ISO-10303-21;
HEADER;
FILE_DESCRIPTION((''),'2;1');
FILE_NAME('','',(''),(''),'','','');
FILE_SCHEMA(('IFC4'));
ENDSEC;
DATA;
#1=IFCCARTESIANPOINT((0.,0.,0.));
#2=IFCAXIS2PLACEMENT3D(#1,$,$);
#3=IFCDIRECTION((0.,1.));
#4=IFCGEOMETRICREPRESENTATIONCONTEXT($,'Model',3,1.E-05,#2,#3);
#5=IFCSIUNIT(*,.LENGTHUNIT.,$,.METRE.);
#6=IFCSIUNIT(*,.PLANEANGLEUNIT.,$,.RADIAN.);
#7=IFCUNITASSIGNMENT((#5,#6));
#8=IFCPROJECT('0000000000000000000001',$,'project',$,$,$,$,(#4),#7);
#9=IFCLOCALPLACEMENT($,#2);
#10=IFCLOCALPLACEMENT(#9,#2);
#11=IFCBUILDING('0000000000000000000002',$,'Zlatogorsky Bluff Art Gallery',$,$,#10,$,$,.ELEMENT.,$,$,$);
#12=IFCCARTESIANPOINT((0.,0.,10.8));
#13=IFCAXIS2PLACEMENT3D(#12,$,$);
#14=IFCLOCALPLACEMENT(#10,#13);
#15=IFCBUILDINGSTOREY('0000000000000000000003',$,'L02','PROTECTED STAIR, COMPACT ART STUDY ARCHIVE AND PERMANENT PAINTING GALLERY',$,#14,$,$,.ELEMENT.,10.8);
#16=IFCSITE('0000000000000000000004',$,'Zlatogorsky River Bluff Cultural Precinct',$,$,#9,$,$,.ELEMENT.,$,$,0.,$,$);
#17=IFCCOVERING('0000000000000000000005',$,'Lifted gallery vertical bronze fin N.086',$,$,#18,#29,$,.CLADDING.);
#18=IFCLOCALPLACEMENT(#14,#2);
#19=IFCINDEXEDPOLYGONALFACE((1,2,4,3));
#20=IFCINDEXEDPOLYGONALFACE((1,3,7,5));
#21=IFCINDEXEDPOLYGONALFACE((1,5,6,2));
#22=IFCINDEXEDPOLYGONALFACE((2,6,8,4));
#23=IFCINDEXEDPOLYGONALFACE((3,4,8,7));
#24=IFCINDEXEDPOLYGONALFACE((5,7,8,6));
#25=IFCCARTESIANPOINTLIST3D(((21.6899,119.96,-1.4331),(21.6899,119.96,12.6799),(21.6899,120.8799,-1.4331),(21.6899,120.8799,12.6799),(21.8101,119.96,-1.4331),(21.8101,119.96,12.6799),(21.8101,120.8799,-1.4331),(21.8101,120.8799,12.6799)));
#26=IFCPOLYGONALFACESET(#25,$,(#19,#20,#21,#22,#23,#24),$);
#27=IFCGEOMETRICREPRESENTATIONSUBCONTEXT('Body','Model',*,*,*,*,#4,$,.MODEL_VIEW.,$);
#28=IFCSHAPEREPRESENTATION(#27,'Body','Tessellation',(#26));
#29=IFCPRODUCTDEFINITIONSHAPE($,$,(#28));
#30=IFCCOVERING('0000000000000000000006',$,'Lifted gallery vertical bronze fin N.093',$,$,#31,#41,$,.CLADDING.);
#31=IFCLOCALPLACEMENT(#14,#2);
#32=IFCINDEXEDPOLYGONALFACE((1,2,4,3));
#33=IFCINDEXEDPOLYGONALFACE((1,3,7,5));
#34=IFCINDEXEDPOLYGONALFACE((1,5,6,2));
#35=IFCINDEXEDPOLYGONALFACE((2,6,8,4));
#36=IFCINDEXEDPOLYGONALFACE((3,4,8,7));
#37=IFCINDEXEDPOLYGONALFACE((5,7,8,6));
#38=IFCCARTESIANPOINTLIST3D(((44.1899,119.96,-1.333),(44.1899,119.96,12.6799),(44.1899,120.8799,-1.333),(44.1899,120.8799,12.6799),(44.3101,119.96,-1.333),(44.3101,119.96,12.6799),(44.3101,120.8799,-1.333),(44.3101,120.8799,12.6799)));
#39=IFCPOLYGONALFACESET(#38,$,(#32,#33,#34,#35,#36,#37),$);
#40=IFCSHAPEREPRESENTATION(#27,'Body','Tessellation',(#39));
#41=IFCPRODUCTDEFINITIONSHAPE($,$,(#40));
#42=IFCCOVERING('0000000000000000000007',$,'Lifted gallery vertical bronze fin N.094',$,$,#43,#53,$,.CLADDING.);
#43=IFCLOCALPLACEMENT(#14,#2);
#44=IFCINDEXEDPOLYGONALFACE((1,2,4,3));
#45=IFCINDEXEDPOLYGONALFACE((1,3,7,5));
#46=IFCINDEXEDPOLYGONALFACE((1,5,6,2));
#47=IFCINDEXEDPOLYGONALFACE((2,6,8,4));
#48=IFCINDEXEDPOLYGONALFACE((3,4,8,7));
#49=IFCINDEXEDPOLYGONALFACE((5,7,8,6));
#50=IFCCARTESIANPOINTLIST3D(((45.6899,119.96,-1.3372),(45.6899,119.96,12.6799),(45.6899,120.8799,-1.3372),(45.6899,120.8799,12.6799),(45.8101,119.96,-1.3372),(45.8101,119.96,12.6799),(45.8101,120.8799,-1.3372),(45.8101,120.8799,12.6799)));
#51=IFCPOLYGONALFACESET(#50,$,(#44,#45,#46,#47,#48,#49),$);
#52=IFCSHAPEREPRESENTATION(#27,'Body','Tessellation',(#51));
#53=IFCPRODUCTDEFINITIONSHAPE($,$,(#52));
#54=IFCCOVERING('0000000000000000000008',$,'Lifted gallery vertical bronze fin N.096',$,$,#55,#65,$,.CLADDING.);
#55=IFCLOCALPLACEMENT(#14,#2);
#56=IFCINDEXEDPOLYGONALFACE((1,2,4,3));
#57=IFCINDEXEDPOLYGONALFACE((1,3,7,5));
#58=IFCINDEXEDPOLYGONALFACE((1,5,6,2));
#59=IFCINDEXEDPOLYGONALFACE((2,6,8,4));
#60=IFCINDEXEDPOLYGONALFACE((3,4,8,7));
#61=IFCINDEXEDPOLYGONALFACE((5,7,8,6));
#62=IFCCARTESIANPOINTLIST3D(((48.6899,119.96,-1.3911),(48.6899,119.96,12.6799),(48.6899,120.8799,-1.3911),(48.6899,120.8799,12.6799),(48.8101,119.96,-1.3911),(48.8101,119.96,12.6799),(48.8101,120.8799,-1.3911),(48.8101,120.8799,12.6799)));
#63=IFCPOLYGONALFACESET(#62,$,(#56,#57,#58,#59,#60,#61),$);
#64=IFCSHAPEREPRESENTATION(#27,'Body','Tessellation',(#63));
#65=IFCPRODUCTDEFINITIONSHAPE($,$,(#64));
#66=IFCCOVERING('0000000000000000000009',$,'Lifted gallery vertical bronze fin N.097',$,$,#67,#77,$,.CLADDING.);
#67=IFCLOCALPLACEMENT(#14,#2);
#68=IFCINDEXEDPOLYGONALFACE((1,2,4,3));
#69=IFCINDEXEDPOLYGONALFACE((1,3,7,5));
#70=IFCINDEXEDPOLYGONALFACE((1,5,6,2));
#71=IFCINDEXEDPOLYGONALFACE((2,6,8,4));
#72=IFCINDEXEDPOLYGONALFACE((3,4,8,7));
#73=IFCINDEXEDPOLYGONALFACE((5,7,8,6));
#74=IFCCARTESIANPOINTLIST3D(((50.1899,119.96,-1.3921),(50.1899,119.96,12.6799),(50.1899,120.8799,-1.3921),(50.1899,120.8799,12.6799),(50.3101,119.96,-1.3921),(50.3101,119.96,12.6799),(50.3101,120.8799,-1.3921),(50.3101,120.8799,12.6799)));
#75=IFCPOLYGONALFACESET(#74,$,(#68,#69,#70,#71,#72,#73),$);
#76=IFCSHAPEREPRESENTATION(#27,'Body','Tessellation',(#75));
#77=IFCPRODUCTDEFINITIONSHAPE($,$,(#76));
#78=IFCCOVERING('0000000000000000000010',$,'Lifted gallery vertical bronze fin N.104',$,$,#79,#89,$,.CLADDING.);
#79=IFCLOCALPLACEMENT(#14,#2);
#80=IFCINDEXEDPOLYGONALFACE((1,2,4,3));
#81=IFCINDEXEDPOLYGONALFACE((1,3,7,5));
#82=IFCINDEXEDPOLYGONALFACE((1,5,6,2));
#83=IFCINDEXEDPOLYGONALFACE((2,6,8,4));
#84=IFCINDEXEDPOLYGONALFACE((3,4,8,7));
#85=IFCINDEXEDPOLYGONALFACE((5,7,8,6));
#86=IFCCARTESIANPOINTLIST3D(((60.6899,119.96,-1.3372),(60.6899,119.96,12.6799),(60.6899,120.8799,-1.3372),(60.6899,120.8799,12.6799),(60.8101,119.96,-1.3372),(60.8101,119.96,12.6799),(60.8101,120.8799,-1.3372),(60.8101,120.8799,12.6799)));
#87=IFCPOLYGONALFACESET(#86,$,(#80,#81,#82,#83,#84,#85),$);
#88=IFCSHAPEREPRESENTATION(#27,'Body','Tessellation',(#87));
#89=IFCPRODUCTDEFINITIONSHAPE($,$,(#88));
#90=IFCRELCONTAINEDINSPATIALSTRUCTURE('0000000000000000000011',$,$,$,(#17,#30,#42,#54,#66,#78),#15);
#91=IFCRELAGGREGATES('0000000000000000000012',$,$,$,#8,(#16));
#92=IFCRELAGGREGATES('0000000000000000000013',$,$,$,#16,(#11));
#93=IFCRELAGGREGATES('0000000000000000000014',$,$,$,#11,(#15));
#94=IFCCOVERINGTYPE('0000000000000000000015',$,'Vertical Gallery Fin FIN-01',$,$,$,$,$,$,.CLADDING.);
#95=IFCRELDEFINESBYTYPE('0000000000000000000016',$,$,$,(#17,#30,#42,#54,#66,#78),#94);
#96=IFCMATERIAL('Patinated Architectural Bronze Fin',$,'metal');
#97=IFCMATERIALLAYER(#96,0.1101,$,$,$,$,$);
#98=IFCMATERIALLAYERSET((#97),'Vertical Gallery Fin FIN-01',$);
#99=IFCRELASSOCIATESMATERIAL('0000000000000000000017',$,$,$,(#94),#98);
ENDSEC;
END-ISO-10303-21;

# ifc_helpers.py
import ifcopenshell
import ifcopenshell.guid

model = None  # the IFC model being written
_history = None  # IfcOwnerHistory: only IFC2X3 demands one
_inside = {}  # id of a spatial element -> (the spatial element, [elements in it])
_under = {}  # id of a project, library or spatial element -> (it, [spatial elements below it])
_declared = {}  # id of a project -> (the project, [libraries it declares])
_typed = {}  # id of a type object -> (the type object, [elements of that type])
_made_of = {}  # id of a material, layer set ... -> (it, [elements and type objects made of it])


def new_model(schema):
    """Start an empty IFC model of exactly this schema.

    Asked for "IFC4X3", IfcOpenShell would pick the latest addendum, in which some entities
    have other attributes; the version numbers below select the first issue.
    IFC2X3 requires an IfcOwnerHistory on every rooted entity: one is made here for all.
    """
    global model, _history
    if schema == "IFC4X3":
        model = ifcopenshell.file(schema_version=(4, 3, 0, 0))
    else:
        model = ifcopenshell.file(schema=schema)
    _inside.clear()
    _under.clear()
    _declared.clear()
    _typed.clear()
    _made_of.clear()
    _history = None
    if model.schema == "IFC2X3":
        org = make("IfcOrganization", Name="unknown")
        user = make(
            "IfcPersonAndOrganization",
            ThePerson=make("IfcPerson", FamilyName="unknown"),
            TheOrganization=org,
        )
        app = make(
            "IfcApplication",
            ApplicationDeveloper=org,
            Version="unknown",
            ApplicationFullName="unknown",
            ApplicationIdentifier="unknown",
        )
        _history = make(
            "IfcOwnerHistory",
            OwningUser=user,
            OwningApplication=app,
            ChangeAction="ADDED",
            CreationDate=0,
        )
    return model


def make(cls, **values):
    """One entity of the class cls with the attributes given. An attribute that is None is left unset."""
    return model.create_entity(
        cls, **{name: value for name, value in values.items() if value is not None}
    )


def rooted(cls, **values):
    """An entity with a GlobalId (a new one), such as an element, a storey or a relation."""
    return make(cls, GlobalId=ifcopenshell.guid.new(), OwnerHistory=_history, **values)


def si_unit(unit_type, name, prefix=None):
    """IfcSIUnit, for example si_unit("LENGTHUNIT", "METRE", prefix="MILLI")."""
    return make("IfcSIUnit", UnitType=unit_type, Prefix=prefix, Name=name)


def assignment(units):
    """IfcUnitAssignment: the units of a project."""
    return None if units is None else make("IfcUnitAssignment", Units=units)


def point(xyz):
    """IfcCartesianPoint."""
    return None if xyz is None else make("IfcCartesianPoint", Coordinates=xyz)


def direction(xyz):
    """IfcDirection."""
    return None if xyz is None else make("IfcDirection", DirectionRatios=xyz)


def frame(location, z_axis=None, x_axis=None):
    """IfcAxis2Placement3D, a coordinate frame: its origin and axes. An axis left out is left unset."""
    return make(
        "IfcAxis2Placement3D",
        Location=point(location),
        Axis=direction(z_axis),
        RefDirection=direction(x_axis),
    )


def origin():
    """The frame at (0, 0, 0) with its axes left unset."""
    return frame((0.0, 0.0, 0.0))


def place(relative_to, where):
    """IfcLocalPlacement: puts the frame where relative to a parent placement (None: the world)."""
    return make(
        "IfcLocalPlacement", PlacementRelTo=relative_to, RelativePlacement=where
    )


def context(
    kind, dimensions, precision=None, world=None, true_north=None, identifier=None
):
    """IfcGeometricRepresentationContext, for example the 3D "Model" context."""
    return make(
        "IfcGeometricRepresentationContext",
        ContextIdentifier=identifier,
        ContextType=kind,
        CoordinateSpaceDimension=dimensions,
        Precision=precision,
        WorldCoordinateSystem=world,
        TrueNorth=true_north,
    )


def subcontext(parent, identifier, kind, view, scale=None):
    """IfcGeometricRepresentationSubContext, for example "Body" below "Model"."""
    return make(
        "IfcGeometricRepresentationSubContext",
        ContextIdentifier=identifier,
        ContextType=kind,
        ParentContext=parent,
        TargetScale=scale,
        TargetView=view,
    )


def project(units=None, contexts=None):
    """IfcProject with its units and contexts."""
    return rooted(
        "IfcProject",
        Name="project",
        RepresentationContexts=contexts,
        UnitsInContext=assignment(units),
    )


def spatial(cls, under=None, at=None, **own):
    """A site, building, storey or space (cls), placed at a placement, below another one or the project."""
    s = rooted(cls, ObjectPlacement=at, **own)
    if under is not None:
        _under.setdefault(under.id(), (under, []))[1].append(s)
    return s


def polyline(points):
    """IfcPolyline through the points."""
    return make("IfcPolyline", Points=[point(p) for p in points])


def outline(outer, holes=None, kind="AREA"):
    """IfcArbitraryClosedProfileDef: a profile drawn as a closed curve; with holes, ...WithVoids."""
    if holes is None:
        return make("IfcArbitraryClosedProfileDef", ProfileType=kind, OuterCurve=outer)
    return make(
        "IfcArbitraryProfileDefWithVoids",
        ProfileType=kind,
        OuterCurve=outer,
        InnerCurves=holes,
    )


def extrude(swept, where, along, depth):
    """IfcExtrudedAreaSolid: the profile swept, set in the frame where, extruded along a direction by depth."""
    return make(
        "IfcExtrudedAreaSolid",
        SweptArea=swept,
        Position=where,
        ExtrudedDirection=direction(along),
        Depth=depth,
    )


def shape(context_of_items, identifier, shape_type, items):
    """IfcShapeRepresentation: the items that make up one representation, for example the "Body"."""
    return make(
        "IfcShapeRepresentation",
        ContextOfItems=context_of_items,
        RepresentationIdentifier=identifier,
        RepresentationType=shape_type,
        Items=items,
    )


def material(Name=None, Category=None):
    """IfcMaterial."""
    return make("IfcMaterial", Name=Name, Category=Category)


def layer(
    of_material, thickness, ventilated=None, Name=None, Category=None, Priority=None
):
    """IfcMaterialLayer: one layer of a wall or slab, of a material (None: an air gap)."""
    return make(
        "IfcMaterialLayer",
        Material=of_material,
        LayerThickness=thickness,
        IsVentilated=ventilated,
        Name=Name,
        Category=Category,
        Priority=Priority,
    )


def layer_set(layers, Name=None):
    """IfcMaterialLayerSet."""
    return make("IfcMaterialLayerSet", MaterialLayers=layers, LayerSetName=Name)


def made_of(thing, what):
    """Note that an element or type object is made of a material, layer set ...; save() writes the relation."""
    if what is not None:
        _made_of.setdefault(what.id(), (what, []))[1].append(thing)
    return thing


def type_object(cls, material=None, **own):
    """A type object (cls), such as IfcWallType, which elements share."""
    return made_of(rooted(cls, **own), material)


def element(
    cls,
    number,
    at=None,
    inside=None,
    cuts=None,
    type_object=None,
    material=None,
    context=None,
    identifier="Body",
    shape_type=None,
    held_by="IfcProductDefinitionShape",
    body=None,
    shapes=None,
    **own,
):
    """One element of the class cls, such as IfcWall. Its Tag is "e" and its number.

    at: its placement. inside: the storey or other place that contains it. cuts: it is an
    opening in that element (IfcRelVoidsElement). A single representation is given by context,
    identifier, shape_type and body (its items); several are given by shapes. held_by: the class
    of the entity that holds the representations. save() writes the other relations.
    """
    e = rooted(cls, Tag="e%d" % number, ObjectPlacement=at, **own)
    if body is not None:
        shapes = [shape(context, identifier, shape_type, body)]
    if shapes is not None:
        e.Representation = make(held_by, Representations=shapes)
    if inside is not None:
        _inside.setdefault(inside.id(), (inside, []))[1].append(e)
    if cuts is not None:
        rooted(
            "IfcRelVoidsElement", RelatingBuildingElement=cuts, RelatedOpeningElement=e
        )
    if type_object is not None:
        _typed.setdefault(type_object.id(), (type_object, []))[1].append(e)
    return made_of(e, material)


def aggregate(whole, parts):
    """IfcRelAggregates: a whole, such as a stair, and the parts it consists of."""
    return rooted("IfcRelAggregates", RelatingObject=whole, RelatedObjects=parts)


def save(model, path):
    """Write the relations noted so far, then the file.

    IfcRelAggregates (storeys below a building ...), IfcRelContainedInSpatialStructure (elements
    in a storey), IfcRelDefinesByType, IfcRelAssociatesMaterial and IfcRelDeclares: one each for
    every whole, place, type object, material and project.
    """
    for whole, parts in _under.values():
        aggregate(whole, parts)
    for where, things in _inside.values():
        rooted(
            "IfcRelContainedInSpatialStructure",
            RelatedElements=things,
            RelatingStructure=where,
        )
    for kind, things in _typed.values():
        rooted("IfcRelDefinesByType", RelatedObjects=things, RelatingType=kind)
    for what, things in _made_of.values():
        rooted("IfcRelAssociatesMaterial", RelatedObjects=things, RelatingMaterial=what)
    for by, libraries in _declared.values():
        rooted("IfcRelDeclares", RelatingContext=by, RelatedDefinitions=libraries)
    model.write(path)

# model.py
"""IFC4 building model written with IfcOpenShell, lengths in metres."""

from ifc_helpers import new_model, si_unit, direction, frame, origin, place, context, subcontext, project, spatial, polyline, outline, extrude, material, layer, layer_set, type_object, element, save


model = new_model("IFC4")

# Units and contexts
model_context = context("Model", 3, precision=1e-05, world=origin(), true_north=direction((0.0, 1.0)))
body_context = subcontext(model_context, "Body", "Model", "MODEL_VIEW")
ifc_project = project(units=[si_unit("LENGTHUNIT", "METRE"), si_unit("PLANEANGLEUNIT", "RADIAN")], contexts=[model_context])

# Site, building, storey
site_placement = place(None, origin())
site = spatial("IfcSite", under=ifc_project, at=site_placement, Name="Zlatogorsky River Bluff Cultural Precinct", CompositionType="ELEMENT", RefElevation=0.0)
building_placement = place(site_placement, origin())
building = spatial("IfcBuilding", under=site, at=building_placement, Name="Zlatogorsky Bluff Art Gallery", CompositionType="ELEMENT")
storey_placement = place(building_placement, frame((0.0, 0.0, 10.8)))
storey = spatial("IfcBuildingStorey", under=building, at=storey_placement, Name="L02", Description="PROTECTED STAIR, COMPACT ART STUDY ARCHIVE AND PERMANENT PAINTING GALLERY", CompositionType="ELEMENT", Elevation=10.8)

# Coverings
ifc_material_1 = material(Name="Patinated Architectural Bronze Fin", Category="metal")
ifc_layer_1 = layer(ifc_material_1, 0.1101)
ifc_layer_set_1 = layer_set([ifc_layer_1], Name="Vertical Gallery Fin FIN-01")
covering_type_1 = type_object("IfcCoveringType", Name="Vertical Gallery Fin FIN-01", PredefinedType="CLADDING", material=ifc_layer_set_1)
covering_1_placement = place(storey_placement, frame((0.0, 0.0, -1.4331)))
element("IfcCovering", 1, at=covering_1_placement, inside=storey, type_object=covering_type_1, Name="Lifted gallery vertical bronze fin N.086", PredefinedType="CLADDING", context=body_context, shape_type="SweptSolid", body=[
    extrude(outline(polyline([(21.6899, 119.96), (21.8101, 119.96), (21.8101, 120.8799), (21.6899, 120.8799), (21.6899, 119.96)])), origin(), (0.0, 0.0, 1.0), 14.113),
])
covering_2_placement = place(storey_placement, frame((0.0, 0.0, -1.333)))
element("IfcCovering", 2, at=covering_2_placement, inside=storey, type_object=covering_type_1, Name="Lifted gallery vertical bronze fin N.093", PredefinedType="CLADDING", context=body_context, shape_type="SweptSolid", body=[
    extrude(outline(polyline([(44.1899, 119.96), (44.3101, 119.96), (44.3101, 120.8799), (44.1899, 120.8799), (44.1899, 119.96)])), origin(), (0.0, 0.0, 1.0), 14.0129),
])
covering_3_placement = place(storey_placement, frame((0.0, 0.0, -1.3372)))
element("IfcCovering", 3, at=covering_3_placement, inside=storey, type_object=covering_type_1, Name="Lifted gallery vertical bronze fin N.094", PredefinedType="CLADDING", context=body_context, shape_type="SweptSolid", body=[
    extrude(outline(polyline([(45.6899, 119.96), (45.8101, 119.96), (45.8101, 120.8799), (45.6899, 120.8799), (45.6899, 119.96)])), origin(), (0.0, 0.0, 1.0), 14.0171),
])
covering_4_placement = place(storey_placement, frame((0.0, 0.0, -1.3911)))
element("IfcCovering", 4, at=covering_4_placement, inside=storey, type_object=covering_type_1, Name="Lifted gallery vertical bronze fin N.096", PredefinedType="CLADDING", context=body_context, shape_type="SweptSolid", body=[
    extrude(outline(polyline([(48.6899, 119.96), (48.8101, 119.96), (48.8101, 120.8799), (48.6899, 120.8799), (48.6899, 119.96)])), origin(), (0.0, 0.0, 1.0), 14.071),
])
covering_5_placement = place(storey_placement, frame((0.0, 0.0, -1.3921)))
element("IfcCovering", 5, at=covering_5_placement, inside=storey, type_object=covering_type_1, Name="Lifted gallery vertical bronze fin N.097", PredefinedType="CLADDING", context=body_context, shape_type="SweptSolid", body=[
    extrude(outline(polyline([(50.1899, 119.96), (50.3101, 119.96), (50.3101, 120.8799), (50.1899, 120.8799), (50.1899, 119.96)])), origin(), (0.0, 0.0, 1.0), 14.072),
])
covering_6_placement = place(storey_placement, frame((0.0, 0.0, -1.3372)))
element("IfcCovering", 6, at=covering_6_placement, inside=storey, type_object=covering_type_1, Name="Lifted gallery vertical bronze fin N.104", PredefinedType="CLADDING", context=body_context, shape_type="SweptSolid", body=[
    extrude(outline(polyline([(60.6899, 119.96), (60.8101, 119.96), (60.8101, 120.8799), (60.6899, 120.8799), (60.6899, 119.96)])), origin(), (0.0, 0.0, 1.0), 14.0171),
])

save(model, "model.ifc")
